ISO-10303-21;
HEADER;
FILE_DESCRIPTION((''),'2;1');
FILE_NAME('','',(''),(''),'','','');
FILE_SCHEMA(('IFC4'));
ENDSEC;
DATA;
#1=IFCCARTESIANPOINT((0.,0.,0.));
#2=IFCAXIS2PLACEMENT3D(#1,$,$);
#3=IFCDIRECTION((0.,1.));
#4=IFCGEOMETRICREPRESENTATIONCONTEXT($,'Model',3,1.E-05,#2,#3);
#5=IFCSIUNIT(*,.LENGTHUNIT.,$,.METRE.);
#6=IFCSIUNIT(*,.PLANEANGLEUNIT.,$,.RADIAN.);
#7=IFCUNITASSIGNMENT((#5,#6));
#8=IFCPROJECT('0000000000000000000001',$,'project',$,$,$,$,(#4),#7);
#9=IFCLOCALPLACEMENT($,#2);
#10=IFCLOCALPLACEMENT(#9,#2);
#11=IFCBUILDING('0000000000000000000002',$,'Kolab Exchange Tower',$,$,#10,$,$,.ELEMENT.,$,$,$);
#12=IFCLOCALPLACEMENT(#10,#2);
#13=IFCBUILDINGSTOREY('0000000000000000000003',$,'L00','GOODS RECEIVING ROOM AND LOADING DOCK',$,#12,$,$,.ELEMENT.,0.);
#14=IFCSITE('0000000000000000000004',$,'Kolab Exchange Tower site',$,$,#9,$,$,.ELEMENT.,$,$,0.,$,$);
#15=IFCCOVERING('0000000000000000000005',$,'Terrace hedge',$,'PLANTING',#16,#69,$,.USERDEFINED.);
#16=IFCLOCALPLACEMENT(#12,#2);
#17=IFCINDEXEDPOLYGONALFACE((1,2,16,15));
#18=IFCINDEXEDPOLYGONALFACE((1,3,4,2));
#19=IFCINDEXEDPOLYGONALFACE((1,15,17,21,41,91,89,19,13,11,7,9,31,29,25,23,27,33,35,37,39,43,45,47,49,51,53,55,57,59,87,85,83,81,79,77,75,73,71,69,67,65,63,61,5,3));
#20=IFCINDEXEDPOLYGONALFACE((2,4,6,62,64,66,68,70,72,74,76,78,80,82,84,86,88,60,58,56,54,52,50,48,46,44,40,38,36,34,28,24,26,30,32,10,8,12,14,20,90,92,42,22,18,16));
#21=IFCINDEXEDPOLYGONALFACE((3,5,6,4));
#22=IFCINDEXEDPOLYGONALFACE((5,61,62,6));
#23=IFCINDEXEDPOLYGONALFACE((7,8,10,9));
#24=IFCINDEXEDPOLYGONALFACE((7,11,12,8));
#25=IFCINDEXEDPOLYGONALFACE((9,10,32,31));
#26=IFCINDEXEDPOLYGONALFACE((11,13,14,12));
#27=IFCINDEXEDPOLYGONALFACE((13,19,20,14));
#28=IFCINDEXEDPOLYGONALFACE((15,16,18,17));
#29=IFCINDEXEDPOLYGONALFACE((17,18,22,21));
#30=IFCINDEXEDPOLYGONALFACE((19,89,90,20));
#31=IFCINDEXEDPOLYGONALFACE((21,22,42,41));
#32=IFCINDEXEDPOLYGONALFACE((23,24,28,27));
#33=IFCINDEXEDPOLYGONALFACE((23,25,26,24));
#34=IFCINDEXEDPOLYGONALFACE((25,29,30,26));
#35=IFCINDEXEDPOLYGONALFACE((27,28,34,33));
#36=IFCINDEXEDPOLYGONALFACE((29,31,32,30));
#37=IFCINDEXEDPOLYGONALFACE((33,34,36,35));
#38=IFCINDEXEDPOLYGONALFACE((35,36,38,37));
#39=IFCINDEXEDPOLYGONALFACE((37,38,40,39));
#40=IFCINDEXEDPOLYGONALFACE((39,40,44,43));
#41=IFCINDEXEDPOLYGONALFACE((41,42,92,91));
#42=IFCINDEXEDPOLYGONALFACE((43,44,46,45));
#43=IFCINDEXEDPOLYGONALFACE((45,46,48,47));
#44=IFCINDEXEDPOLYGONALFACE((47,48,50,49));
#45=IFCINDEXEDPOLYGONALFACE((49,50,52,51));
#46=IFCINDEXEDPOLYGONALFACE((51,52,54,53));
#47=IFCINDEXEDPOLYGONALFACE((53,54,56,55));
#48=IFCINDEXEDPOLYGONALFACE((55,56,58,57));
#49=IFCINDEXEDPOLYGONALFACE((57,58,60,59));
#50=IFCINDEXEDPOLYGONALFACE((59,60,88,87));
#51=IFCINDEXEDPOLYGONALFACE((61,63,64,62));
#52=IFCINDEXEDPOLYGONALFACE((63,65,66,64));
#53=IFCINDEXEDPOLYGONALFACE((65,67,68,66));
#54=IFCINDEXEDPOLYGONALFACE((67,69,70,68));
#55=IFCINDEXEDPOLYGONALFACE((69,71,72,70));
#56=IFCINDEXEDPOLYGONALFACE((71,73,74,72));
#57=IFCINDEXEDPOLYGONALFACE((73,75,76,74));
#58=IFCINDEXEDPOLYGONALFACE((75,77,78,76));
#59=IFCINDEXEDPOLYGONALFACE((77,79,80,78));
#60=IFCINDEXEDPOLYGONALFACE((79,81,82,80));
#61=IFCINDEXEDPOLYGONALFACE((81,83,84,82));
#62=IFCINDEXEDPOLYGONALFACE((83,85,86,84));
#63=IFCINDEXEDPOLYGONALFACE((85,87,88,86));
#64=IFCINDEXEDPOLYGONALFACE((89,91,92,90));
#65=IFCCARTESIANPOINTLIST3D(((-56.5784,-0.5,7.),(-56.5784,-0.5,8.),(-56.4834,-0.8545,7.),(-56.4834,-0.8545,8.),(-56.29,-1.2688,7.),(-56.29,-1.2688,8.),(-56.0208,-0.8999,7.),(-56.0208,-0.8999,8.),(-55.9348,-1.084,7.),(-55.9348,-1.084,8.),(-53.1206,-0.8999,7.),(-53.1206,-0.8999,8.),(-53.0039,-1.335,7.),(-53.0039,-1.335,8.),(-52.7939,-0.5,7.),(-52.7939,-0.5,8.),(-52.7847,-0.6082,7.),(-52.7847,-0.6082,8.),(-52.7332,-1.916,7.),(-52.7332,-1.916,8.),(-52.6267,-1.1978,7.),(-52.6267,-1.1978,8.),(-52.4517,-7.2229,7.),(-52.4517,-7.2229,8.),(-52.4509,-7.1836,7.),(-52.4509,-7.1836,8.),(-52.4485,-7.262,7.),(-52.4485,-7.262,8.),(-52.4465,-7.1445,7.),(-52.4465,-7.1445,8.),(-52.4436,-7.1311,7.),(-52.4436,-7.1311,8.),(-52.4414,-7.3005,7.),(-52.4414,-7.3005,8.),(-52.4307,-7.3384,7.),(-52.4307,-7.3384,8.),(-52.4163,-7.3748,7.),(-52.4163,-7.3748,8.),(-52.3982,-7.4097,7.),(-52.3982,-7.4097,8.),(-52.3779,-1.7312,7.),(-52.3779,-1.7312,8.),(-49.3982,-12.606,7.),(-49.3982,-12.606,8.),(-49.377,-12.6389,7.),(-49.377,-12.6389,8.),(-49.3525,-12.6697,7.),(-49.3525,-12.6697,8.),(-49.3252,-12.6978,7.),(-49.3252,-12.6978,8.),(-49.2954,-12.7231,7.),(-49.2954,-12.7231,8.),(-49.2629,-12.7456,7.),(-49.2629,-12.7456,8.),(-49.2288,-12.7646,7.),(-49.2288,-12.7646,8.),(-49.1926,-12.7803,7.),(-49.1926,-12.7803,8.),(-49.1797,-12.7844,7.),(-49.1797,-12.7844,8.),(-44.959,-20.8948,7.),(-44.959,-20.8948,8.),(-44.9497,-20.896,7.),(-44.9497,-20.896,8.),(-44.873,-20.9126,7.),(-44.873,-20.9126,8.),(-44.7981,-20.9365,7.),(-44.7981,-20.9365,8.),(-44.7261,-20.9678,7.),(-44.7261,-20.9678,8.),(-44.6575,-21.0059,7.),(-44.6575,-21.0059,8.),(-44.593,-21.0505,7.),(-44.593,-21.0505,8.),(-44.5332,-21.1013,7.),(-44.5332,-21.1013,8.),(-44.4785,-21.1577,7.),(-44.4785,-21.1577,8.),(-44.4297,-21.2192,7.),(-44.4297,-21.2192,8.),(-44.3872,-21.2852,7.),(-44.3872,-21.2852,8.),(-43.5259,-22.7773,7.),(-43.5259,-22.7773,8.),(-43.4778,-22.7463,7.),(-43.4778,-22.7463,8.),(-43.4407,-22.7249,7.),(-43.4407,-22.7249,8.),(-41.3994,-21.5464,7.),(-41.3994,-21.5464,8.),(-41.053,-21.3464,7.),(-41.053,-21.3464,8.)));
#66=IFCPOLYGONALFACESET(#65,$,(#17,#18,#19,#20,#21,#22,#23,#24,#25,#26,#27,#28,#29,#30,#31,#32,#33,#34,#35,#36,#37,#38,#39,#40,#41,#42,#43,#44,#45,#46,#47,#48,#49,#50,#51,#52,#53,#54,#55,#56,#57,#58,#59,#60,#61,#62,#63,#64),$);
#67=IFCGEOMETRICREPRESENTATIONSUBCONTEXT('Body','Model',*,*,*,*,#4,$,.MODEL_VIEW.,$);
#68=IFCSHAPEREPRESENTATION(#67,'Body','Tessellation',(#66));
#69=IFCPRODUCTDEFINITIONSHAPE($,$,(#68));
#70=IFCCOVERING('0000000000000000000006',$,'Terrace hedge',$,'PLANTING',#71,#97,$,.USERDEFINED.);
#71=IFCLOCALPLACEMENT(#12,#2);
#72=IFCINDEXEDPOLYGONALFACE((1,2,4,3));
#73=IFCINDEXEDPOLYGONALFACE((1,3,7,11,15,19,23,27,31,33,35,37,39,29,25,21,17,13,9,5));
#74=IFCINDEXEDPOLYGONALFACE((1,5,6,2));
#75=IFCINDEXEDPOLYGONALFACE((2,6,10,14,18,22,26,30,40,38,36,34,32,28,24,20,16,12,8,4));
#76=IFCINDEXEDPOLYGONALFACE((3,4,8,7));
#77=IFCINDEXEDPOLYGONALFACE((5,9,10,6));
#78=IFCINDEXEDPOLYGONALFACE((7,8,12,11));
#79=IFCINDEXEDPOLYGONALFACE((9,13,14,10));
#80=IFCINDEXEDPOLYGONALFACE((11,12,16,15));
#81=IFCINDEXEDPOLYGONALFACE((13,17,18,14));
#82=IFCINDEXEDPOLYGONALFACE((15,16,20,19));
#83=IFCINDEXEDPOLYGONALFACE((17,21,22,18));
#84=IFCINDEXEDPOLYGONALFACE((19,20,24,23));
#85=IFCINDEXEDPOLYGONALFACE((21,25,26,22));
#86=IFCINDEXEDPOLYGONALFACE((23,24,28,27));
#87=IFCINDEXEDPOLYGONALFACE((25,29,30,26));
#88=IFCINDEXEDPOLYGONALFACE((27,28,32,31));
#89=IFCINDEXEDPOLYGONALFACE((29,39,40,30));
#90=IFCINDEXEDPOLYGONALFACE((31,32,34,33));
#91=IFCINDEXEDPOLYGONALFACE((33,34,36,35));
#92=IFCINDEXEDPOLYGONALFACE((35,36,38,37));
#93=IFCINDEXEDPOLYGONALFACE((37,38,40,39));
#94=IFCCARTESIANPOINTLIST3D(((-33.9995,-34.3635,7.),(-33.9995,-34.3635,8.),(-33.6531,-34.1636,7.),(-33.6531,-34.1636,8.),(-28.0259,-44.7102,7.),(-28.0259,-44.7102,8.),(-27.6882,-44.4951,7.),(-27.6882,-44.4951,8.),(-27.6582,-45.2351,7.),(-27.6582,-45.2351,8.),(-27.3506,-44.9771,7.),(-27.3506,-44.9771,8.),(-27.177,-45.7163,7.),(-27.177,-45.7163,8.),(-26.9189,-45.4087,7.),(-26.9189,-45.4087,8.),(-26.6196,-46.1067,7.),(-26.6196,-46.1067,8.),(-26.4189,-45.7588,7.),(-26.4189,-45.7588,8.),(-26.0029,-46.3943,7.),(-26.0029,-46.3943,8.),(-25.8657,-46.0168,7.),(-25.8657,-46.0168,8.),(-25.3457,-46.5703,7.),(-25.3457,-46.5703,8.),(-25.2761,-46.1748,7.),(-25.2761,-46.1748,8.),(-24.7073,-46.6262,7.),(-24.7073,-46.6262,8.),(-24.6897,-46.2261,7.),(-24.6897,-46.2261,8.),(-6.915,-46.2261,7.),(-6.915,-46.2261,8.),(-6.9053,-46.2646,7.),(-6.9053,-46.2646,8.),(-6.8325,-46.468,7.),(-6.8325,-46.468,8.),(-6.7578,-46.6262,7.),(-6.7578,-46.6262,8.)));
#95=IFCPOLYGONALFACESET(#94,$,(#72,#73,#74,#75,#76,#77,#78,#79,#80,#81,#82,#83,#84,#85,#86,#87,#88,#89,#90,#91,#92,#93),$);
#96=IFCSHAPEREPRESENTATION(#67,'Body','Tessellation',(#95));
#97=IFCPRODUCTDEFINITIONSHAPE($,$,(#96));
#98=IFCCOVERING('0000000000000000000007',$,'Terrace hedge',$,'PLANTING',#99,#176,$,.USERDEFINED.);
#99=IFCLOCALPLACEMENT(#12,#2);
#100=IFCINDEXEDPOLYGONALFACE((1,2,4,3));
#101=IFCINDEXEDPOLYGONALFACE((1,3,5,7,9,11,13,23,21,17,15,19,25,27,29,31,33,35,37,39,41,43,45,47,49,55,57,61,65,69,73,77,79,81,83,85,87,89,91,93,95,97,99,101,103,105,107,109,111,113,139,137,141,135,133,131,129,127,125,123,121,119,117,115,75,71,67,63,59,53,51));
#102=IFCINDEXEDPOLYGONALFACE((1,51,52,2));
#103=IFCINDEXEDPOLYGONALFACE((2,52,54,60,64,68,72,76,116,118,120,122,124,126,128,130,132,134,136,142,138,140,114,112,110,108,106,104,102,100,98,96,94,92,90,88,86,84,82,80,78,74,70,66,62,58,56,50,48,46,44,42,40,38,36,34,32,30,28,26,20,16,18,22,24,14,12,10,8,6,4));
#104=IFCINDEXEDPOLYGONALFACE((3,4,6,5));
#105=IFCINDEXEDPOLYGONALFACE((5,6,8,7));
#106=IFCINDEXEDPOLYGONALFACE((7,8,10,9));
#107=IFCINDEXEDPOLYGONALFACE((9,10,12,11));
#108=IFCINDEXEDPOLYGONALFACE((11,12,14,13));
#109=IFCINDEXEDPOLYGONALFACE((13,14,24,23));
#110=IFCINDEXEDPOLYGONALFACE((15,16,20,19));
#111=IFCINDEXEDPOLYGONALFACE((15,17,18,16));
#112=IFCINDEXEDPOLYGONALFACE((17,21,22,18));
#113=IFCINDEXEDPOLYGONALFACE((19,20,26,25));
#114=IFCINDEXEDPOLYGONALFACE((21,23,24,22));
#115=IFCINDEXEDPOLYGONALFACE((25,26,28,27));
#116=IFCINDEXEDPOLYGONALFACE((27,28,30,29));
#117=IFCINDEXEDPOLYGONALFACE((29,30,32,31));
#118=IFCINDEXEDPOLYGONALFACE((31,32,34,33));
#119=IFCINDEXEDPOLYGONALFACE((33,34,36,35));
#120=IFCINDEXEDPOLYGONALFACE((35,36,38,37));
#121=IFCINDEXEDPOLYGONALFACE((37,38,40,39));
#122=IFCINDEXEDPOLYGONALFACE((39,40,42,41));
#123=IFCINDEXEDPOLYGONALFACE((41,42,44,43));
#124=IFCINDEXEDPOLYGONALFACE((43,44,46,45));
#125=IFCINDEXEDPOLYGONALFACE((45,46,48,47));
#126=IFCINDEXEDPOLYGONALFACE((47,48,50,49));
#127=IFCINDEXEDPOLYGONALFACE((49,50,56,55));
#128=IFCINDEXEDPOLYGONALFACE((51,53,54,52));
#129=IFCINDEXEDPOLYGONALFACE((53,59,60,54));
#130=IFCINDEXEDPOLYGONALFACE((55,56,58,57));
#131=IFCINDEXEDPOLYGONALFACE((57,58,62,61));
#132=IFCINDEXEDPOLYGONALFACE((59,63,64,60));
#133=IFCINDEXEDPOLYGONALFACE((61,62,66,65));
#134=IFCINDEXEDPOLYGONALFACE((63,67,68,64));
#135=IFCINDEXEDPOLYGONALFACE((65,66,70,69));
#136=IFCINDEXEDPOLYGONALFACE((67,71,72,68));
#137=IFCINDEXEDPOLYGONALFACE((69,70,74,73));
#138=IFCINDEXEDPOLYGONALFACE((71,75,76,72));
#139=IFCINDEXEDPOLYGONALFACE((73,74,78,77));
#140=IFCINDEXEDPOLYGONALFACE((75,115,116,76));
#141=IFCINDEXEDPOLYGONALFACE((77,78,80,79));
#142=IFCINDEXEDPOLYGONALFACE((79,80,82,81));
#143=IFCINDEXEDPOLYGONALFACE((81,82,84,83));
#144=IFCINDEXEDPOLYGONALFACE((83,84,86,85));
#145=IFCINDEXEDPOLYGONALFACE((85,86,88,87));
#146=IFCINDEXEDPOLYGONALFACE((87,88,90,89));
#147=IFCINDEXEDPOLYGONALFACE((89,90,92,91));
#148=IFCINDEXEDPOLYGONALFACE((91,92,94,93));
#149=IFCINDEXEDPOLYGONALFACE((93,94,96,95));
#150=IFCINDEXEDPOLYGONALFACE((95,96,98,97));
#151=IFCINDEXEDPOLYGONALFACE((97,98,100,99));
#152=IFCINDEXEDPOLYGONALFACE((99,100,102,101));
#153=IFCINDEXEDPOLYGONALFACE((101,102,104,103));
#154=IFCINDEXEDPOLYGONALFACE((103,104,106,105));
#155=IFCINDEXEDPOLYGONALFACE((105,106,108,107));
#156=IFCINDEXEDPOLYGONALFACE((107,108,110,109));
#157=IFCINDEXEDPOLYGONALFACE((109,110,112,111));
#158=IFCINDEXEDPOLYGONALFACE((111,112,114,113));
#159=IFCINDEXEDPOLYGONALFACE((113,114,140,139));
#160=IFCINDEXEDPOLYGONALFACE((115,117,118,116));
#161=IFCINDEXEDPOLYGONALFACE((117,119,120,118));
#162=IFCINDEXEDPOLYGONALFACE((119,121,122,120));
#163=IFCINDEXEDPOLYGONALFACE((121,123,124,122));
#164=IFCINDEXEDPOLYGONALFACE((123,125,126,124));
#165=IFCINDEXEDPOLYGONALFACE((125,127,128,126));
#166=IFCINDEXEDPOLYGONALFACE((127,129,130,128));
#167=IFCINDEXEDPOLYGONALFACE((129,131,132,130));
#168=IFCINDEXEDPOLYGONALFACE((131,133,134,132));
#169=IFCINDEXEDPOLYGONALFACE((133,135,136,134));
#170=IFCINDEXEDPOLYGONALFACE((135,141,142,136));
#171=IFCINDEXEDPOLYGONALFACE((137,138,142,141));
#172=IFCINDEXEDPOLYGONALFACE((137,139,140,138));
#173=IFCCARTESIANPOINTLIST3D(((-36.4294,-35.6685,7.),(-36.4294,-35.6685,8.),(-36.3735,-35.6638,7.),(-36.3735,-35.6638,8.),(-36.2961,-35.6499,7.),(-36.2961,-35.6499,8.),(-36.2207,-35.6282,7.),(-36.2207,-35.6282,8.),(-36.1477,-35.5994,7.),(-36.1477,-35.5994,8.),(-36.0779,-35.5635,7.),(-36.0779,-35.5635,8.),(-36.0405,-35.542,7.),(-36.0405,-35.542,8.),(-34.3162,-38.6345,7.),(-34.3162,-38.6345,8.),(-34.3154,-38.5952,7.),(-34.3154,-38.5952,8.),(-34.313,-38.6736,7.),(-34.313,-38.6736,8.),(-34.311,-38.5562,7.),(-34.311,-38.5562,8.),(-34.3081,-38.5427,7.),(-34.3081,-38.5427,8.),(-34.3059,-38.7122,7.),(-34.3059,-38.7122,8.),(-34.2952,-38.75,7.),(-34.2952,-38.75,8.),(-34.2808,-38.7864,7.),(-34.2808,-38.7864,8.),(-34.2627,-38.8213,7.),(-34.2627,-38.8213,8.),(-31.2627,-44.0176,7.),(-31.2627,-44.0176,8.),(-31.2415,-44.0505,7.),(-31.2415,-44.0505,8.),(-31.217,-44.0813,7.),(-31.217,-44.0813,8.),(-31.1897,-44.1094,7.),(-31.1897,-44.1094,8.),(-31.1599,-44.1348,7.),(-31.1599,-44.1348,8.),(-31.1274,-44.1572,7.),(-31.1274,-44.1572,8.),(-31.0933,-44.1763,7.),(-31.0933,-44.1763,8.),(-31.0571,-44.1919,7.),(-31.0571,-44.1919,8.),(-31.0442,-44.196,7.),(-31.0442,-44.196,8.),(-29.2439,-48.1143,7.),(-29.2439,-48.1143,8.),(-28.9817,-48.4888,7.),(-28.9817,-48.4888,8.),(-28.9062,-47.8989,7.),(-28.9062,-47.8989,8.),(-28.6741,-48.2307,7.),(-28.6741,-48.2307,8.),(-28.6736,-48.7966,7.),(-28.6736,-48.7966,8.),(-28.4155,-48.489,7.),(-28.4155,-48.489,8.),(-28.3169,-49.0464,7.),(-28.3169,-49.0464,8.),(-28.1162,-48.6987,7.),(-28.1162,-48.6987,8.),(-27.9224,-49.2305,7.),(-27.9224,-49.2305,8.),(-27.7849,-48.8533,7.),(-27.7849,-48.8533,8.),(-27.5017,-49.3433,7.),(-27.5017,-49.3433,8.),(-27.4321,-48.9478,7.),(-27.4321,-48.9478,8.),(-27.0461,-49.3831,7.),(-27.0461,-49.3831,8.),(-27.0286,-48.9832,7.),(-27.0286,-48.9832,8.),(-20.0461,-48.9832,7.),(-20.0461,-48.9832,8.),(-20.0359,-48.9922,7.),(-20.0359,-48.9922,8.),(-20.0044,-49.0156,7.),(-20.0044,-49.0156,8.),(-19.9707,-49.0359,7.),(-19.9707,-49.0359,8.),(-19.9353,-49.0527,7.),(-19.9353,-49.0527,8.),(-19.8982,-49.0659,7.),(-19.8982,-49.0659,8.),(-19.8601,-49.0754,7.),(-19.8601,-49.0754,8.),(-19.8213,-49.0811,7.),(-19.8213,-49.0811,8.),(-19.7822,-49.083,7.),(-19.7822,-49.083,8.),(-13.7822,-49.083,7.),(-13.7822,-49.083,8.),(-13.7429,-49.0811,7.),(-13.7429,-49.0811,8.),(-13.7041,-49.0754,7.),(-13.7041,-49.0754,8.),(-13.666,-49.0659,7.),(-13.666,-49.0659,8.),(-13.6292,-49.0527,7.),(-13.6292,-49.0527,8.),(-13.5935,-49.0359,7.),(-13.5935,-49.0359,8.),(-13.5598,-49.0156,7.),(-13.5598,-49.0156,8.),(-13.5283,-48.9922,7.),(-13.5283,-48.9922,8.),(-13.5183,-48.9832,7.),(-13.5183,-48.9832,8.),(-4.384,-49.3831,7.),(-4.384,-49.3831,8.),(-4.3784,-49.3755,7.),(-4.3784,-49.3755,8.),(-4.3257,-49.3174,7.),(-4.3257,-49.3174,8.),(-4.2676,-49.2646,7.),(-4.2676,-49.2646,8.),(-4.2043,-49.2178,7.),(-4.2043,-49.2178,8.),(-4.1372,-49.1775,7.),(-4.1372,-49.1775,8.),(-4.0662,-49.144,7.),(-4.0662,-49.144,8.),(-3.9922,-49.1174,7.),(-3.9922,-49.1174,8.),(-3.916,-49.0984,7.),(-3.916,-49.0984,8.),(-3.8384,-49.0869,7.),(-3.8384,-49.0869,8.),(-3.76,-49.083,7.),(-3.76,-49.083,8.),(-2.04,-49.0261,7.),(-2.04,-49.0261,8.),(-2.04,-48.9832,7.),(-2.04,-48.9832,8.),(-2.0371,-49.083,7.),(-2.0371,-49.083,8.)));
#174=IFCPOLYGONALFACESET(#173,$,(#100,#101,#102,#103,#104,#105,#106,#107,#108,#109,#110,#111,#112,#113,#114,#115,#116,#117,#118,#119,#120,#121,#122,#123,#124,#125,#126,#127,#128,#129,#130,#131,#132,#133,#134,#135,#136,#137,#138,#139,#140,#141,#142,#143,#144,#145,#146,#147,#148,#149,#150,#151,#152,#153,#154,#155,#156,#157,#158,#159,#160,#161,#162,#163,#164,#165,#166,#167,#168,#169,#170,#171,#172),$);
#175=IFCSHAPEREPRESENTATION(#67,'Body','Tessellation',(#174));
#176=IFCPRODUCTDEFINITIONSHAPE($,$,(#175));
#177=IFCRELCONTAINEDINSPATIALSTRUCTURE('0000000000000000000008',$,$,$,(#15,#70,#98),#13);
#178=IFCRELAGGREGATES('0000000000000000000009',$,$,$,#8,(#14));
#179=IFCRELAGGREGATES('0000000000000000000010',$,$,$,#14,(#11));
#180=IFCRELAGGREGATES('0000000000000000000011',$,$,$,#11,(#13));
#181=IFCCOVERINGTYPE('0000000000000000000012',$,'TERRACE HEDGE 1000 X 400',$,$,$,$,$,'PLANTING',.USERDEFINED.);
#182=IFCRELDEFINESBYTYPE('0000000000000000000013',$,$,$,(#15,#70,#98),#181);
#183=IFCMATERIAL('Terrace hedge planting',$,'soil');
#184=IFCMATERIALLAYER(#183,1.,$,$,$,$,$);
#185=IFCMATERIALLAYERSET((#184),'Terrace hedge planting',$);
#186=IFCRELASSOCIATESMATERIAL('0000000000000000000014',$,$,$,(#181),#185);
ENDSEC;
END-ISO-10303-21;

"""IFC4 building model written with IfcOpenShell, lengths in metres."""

from ifc_helpers import new_model, si_unit, direction, frame, origin, place, context, subcontext, project, spatial, polyline, outline, extrude, material, layer, layer_set, type_object, element, save


model = new_model("IFC4")

# Units and contexts
model_context = context("Model", 3, precision=1e-05, world=origin(), true_north=direction((0.0, 1.0)))
body_context = subcontext(model_context, "Body", "Model", "MODEL_VIEW")
ifc_project = project(units=[si_unit("LENGTHUNIT", "METRE"), si_unit("PLANEANGLEUNIT", "RADIAN")], contexts=[model_context])

# Site, building, storey
site_placement = place(None, origin())
site = spatial("IfcSite", under=ifc_project, at=site_placement, Name="Kolab Exchange Tower site", CompositionType="ELEMENT", RefElevation=0.0)
building_placement = place(site_placement, origin())
building = spatial("IfcBuilding", under=site, at=building_placement, Name="Kolab Exchange Tower", CompositionType="ELEMENT")
storey_placement = place(building_placement, origin())
storey = spatial("IfcBuildingStorey", under=building, at=storey_placement, Name="L00", Description="GOODS RECEIVING ROOM AND LOADING DOCK", CompositionType="ELEMENT", Elevation=0.0)

# Coverings
ifc_material_1 = material(Name="Terrace hedge planting", Category="soil")
ifc_layer_1 = layer(ifc_material_1, 1.0)
ifc_layer_set_1 = layer_set([ifc_layer_1], Name="Terrace hedge planting")
covering_type_1 = type_object("IfcCoveringType", Name="TERRACE HEDGE 1000 X 400", ElementType="PLANTING", PredefinedType="USERDEFINED", material=ifc_layer_set_1)
covering_1_placement = place(storey_placement, frame((0.0, 0.0, 7.0)))
element("IfcCovering", 1, at=covering_1_placement, inside=storey, type_object=covering_type_1, Name="Terrace hedge", ObjectType="PLANTING", PredefinedType="USERDEFINED", context=body_context, shape_type="SweptSolid", body=[
    extrude(outline(polyline([(-52.7847, -0.6082), (-52.6267, -1.1978), (-52.3779, -1.7312), (-41.053, -21.3464), (-41.3994, -21.5464), (-52.7332, -1.916), (-53.0039, -1.335), (-53.1206, -0.8999), (-56.0208, -0.8999), (-55.9348, -1.084), (-52.4436, -7.1311), (-52.4465, -7.1445), (-52.4509, -7.1836), (-52.4517, -7.2229), (-52.4485, -7.262), (-52.4414, -7.3005), (-52.4307, -7.3384), (-52.4163, -7.3748), (-52.3982, -7.4097), (-49.3982, -12.606), (-49.377, -12.6389), (-49.3525, -12.6697), (-49.3252, -12.6978), (-49.2954, -12.7231), (-49.2629, -12.7456), (-49.2288, -12.7646), (-49.1926, -12.7803), (-49.1797, -12.7844), (-43.4407, -22.7249), (-43.4778, -22.7463), (-43.5259, -22.7773), (-44.3872, -21.2852), (-44.4297, -21.2192), (-44.4785, -21.1577), (-44.5332, -21.1013), (-44.593, -21.0505), (-44.6575, -21.0059), (-44.7261, -20.9678), (-44.7981, -20.9365), (-44.873, -20.9126), (-44.9497, -20.896), (-44.959, -20.8948), (-56.29, -1.2688), (-56.4834, -0.8545), (-56.5784, -0.5), (-52.7939, -0.5), (-52.7847, -0.6082)])), origin(), (0.0, 0.0, 1.0), 1.0),
])
covering_2_placement = place(storey_placement, frame((0.0, 0.0, 7.0)))
element("IfcCovering", 2, at=covering_2_placement, inside=storey, type_object=covering_type_1, Name="Terrace hedge", ObjectType="PLANTING", PredefinedType="USERDEFINED", context=body_context, shape_type="SweptSolid", body=[
    extrude(outline(polyline([(-27.6882, -44.4951), (-27.3506, -44.9771), (-26.9189, -45.4087), (-26.4189, -45.7588), (-25.8657, -46.0168), (-25.2761, -46.1748), (-24.6897, -46.2261), (-6.915, -46.2261), (-6.9053, -46.2646), (-6.8325, -46.468), (-6.7578, -46.6262), (-24.7073, -46.6262), (-25.3457, -46.5703), (-26.0029, -46.3943), (-26.6196, -46.1067), (-27.177, -45.7163), (-27.6582, -45.2351), (-28.0259, -44.7102), (-33.9995, -34.3635), (-33.6531, -34.1636), (-27.6882, -44.4951)])), origin(), (0.0, 0.0, 1.0), 1.0),
])
covering_3_placement = place(storey_placement, frame((0.0, 0.0, 7.0)))
element("IfcCovering", 3, at=covering_3_placement, inside=storey, type_object=covering_type_1, Name="Terrace hedge", ObjectType="PLANTING", PredefinedType="USERDEFINED", context=body_context, shape_type="SweptSolid", body=[
    extrude(outline(polyline([(-27.0461, -49.3831), (-27.5017, -49.3433), (-27.9224, -49.2305), (-28.3169, -49.0464), (-28.6736, -48.7966), (-28.9817, -48.4888), (-29.2439, -48.1143), (-36.4294, -35.6685), (-36.3735, -35.6638), (-36.2961, -35.6499), (-36.2207, -35.6282), (-36.1477, -35.5994), (-36.0779, -35.5635), (-36.0405, -35.542), (-34.3081, -38.5427), (-34.311, -38.5562), (-34.3154, -38.5952), (-34.3162, -38.6345), (-34.313, -38.6736), (-34.3059, -38.7122), (-34.2952, -38.75), (-34.2808, -38.7864), (-34.2627, -38.8213), (-31.2627, -44.0176), (-31.2415, -44.0505), (-31.217, -44.0813), (-31.1897, -44.1094), (-31.1599, -44.1348), (-31.1274, -44.1572), (-31.0933, -44.1763), (-31.0571, -44.1919), (-31.0442, -44.196), (-28.9062, -47.8989), (-28.6741, -48.2307), (-28.4155, -48.489), (-28.1162, -48.6987), (-27.7849, -48.8533), (-27.4321, -48.9478), (-27.0286, -48.9832), (-20.0461, -48.9832), (-20.0359, -48.9922), (-20.0044, -49.0156), (-19.9707, -49.0359), (-19.9353, -49.0527), (-19.8982, -49.0659), (-19.8601, -49.0754), (-19.8213, -49.0811), (-19.7822, -49.083), (-13.7822, -49.083), (-13.7429, -49.0811), (-13.7041, -49.0754), (-13.666, -49.0659), (-13.6292, -49.0527), (-13.5935, -49.0359), (-13.5598, -49.0156), (-13.5283, -48.9922), (-13.5183, -48.9832), (-2.04, -48.9832), (-2.04, -49.0261), (-2.0371, -49.083), (-3.76, -49.083), (-3.8384, -49.0869), (-3.916, -49.0984), (-3.9922, -49.1174), (-4.0662, -49.144), (-4.1372, -49.1775), (-4.2043, -49.2178), (-4.2676, -49.2646), (-4.3257, -49.3174), (-4.3784, -49.3755), (-4.384, -49.3831), (-27.0461, -49.3831)])), origin(), (0.0, 0.0, 1.0), 1.0),
])

save(model, "model.ifc")
